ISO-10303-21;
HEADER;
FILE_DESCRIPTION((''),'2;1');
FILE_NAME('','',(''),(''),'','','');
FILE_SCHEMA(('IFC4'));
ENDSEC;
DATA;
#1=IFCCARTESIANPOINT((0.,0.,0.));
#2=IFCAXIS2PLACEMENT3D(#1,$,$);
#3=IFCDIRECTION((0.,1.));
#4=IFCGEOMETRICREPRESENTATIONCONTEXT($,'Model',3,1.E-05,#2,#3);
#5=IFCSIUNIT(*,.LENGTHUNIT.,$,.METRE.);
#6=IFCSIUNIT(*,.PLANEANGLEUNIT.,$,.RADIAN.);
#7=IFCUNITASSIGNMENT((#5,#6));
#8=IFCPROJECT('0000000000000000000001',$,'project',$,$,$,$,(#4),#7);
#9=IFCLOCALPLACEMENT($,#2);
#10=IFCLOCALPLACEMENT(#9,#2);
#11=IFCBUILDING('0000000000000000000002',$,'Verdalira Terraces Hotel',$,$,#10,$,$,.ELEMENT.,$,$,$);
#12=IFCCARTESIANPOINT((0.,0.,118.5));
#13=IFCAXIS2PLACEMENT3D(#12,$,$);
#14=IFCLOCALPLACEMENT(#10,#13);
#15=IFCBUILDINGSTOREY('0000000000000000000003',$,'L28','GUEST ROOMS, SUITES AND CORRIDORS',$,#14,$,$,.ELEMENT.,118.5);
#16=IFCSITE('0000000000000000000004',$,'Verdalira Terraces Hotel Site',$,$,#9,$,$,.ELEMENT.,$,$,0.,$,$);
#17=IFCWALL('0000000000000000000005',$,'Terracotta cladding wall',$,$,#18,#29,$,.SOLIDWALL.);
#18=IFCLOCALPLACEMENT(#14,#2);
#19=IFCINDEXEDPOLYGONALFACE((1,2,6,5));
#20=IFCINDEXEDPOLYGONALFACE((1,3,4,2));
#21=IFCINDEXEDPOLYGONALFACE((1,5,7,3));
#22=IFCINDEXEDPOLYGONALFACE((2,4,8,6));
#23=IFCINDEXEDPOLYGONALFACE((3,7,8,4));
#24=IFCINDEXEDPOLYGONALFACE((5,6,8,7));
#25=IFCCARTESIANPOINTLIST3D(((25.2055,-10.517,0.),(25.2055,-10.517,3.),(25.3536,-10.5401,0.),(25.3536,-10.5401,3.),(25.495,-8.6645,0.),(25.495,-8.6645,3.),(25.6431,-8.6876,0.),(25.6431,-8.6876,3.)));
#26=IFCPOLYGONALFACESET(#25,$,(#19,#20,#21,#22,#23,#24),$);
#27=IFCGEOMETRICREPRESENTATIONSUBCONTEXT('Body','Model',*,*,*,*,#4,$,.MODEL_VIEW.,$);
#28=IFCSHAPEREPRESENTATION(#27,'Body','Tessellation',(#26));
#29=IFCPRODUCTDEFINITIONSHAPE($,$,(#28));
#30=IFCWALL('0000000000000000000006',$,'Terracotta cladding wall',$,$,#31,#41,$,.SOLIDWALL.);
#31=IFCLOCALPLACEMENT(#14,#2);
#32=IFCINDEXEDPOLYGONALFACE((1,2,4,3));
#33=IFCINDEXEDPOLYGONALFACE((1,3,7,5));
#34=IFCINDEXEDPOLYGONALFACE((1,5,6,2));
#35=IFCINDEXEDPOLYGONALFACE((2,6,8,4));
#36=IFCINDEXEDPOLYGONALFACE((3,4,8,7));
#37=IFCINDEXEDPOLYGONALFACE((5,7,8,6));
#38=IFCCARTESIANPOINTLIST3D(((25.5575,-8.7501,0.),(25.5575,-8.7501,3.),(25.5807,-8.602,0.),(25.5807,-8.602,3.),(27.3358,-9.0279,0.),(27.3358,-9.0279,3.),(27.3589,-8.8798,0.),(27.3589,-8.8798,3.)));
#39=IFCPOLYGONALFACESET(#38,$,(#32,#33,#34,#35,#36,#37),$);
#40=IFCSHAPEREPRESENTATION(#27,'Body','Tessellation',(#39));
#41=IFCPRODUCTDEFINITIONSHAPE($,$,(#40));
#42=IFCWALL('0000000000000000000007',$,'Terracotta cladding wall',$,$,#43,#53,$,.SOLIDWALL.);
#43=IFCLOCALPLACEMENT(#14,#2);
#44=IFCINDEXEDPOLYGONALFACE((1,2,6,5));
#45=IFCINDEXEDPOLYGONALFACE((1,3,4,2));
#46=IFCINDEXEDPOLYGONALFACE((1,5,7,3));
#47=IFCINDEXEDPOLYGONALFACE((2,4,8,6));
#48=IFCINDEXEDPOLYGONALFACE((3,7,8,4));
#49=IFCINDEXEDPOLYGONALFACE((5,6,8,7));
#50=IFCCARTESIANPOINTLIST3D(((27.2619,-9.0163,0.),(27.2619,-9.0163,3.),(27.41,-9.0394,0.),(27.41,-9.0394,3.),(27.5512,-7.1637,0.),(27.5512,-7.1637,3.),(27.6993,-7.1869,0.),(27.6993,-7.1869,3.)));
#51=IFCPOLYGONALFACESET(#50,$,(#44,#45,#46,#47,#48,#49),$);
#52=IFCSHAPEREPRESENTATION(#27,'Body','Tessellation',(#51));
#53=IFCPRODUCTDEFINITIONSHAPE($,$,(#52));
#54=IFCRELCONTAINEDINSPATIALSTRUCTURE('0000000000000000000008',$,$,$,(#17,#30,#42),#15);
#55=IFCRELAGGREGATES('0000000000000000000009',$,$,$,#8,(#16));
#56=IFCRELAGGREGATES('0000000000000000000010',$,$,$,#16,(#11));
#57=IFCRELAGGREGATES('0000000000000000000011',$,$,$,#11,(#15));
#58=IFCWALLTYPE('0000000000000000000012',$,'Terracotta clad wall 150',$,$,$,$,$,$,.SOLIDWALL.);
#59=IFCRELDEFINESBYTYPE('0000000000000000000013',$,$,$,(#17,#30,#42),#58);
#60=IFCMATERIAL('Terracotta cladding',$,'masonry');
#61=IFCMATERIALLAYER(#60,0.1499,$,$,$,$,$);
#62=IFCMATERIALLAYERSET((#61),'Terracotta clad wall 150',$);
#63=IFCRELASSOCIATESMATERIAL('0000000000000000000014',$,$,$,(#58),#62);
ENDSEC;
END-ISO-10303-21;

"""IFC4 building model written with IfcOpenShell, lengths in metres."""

from ifc_helpers import new_model, si_unit, direction, frame, frame_2d, origin, place, context, subcontext, project, spatial, rectangle, extrude, material, layer, layer_set, type_object, element, save


model = new_model("IFC4")

# Units and contexts
model_context = context("Model", 3, precision=1e-05, world=origin(), true_north=direction((0.0, 1.0)))
body_context = subcontext(model_context, "Body", "Model", "MODEL_VIEW")
ifc_project = project(units=[si_unit("LENGTHUNIT", "METRE"), si_unit("PLANEANGLEUNIT", "RADIAN")], contexts=[model_context])

# Site, building, storey
site_placement = place(None, origin())
site = spatial("IfcSite", under=ifc_project, at=site_placement, Name="Verdalira Terraces Hotel Site", CompositionType="ELEMENT", RefElevation=0.0)
building_placement = place(site_placement, origin())
building = spatial("IfcBuilding", under=site, at=building_placement, Name="Verdalira Terraces Hotel", CompositionType="ELEMENT")
storey_placement = place(building_placement, frame((0.0, 0.0, 118.5)))
storey = spatial("IfcBuildingStorey", under=building, at=storey_placement, Name="L28", Description="GUEST ROOMS, SUITES AND CORRIDORS", CompositionType="ELEMENT", Elevation=118.5)

# Walls
ifc_material_1 = material(Name="Terracotta cladding", Category="masonry")
ifc_layer_1 = layer(ifc_material_1, 0.1499)
ifc_layer_set_1 = layer_set([ifc_layer_1], Name="Terracotta clad wall 150")
wall_type_1 = type_object("IfcWallType", Name="Terracotta clad wall 150", PredefinedType="SOLIDWALL", material=ifc_layer_set_1)
wall_1_placement = place(storey_placement, frame((25.2795, -10.5286, 0.0), z_axis=(0.0, 0.0, 1.0), x_axis=(0.154425, 0.988005, 0.0)))
element("IfcWall", 1, at=wall_1_placement, inside=storey, type_object=wall_type_1, Name="Terracotta cladding wall", PredefinedType="SOLIDWALL", context=body_context, shape_type="SweptSolid", body=[
    extrude(rectangle(XDim=1.875, YDim=0.1499, at=frame_2d((0.9375, 0.0))), origin(), (0.0, 0.0, 1.0), 3.0),
])
wall_2_placement = place(storey_placement, frame((25.5691, -8.676, 0.0), z_axis=(0.0, 0.0, 1.0), x_axis=(0.988015, -0.15436, 0.0)))
element("IfcWall", 2, at=wall_2_placement, inside=storey, type_object=wall_type_1, Name="Terracotta cladding wall", PredefinedType="SOLIDWALL", context=body_context, shape_type="SweptSolid", body=[
    extrude(rectangle(XDim=1.7998, YDim=0.1499, at=frame_2d((0.8999, 0.0))), origin(), (0.0, 0.0, 1.0), 3.0),
])
wall_3_placement = place(storey_placement, frame((27.3359, -9.0278, 0.0), z_axis=(0.0, 0.0, 1.0), x_axis=(0.154297, 0.988024, 0.0)))
element("IfcWall", 3, at=wall_3_placement, inside=storey, type_object=wall_type_1, Name="Terracotta cladding wall", PredefinedType="SOLIDWALL", context=body_context, shape_type="SweptSolid", body=[
    extrude(rectangle(XDim=1.875, YDim=0.1499, at=frame_2d((0.9375, 0.0))), origin(), (0.0, 0.0, 1.0), 3.0),
])

save(model, "model.ifc")
